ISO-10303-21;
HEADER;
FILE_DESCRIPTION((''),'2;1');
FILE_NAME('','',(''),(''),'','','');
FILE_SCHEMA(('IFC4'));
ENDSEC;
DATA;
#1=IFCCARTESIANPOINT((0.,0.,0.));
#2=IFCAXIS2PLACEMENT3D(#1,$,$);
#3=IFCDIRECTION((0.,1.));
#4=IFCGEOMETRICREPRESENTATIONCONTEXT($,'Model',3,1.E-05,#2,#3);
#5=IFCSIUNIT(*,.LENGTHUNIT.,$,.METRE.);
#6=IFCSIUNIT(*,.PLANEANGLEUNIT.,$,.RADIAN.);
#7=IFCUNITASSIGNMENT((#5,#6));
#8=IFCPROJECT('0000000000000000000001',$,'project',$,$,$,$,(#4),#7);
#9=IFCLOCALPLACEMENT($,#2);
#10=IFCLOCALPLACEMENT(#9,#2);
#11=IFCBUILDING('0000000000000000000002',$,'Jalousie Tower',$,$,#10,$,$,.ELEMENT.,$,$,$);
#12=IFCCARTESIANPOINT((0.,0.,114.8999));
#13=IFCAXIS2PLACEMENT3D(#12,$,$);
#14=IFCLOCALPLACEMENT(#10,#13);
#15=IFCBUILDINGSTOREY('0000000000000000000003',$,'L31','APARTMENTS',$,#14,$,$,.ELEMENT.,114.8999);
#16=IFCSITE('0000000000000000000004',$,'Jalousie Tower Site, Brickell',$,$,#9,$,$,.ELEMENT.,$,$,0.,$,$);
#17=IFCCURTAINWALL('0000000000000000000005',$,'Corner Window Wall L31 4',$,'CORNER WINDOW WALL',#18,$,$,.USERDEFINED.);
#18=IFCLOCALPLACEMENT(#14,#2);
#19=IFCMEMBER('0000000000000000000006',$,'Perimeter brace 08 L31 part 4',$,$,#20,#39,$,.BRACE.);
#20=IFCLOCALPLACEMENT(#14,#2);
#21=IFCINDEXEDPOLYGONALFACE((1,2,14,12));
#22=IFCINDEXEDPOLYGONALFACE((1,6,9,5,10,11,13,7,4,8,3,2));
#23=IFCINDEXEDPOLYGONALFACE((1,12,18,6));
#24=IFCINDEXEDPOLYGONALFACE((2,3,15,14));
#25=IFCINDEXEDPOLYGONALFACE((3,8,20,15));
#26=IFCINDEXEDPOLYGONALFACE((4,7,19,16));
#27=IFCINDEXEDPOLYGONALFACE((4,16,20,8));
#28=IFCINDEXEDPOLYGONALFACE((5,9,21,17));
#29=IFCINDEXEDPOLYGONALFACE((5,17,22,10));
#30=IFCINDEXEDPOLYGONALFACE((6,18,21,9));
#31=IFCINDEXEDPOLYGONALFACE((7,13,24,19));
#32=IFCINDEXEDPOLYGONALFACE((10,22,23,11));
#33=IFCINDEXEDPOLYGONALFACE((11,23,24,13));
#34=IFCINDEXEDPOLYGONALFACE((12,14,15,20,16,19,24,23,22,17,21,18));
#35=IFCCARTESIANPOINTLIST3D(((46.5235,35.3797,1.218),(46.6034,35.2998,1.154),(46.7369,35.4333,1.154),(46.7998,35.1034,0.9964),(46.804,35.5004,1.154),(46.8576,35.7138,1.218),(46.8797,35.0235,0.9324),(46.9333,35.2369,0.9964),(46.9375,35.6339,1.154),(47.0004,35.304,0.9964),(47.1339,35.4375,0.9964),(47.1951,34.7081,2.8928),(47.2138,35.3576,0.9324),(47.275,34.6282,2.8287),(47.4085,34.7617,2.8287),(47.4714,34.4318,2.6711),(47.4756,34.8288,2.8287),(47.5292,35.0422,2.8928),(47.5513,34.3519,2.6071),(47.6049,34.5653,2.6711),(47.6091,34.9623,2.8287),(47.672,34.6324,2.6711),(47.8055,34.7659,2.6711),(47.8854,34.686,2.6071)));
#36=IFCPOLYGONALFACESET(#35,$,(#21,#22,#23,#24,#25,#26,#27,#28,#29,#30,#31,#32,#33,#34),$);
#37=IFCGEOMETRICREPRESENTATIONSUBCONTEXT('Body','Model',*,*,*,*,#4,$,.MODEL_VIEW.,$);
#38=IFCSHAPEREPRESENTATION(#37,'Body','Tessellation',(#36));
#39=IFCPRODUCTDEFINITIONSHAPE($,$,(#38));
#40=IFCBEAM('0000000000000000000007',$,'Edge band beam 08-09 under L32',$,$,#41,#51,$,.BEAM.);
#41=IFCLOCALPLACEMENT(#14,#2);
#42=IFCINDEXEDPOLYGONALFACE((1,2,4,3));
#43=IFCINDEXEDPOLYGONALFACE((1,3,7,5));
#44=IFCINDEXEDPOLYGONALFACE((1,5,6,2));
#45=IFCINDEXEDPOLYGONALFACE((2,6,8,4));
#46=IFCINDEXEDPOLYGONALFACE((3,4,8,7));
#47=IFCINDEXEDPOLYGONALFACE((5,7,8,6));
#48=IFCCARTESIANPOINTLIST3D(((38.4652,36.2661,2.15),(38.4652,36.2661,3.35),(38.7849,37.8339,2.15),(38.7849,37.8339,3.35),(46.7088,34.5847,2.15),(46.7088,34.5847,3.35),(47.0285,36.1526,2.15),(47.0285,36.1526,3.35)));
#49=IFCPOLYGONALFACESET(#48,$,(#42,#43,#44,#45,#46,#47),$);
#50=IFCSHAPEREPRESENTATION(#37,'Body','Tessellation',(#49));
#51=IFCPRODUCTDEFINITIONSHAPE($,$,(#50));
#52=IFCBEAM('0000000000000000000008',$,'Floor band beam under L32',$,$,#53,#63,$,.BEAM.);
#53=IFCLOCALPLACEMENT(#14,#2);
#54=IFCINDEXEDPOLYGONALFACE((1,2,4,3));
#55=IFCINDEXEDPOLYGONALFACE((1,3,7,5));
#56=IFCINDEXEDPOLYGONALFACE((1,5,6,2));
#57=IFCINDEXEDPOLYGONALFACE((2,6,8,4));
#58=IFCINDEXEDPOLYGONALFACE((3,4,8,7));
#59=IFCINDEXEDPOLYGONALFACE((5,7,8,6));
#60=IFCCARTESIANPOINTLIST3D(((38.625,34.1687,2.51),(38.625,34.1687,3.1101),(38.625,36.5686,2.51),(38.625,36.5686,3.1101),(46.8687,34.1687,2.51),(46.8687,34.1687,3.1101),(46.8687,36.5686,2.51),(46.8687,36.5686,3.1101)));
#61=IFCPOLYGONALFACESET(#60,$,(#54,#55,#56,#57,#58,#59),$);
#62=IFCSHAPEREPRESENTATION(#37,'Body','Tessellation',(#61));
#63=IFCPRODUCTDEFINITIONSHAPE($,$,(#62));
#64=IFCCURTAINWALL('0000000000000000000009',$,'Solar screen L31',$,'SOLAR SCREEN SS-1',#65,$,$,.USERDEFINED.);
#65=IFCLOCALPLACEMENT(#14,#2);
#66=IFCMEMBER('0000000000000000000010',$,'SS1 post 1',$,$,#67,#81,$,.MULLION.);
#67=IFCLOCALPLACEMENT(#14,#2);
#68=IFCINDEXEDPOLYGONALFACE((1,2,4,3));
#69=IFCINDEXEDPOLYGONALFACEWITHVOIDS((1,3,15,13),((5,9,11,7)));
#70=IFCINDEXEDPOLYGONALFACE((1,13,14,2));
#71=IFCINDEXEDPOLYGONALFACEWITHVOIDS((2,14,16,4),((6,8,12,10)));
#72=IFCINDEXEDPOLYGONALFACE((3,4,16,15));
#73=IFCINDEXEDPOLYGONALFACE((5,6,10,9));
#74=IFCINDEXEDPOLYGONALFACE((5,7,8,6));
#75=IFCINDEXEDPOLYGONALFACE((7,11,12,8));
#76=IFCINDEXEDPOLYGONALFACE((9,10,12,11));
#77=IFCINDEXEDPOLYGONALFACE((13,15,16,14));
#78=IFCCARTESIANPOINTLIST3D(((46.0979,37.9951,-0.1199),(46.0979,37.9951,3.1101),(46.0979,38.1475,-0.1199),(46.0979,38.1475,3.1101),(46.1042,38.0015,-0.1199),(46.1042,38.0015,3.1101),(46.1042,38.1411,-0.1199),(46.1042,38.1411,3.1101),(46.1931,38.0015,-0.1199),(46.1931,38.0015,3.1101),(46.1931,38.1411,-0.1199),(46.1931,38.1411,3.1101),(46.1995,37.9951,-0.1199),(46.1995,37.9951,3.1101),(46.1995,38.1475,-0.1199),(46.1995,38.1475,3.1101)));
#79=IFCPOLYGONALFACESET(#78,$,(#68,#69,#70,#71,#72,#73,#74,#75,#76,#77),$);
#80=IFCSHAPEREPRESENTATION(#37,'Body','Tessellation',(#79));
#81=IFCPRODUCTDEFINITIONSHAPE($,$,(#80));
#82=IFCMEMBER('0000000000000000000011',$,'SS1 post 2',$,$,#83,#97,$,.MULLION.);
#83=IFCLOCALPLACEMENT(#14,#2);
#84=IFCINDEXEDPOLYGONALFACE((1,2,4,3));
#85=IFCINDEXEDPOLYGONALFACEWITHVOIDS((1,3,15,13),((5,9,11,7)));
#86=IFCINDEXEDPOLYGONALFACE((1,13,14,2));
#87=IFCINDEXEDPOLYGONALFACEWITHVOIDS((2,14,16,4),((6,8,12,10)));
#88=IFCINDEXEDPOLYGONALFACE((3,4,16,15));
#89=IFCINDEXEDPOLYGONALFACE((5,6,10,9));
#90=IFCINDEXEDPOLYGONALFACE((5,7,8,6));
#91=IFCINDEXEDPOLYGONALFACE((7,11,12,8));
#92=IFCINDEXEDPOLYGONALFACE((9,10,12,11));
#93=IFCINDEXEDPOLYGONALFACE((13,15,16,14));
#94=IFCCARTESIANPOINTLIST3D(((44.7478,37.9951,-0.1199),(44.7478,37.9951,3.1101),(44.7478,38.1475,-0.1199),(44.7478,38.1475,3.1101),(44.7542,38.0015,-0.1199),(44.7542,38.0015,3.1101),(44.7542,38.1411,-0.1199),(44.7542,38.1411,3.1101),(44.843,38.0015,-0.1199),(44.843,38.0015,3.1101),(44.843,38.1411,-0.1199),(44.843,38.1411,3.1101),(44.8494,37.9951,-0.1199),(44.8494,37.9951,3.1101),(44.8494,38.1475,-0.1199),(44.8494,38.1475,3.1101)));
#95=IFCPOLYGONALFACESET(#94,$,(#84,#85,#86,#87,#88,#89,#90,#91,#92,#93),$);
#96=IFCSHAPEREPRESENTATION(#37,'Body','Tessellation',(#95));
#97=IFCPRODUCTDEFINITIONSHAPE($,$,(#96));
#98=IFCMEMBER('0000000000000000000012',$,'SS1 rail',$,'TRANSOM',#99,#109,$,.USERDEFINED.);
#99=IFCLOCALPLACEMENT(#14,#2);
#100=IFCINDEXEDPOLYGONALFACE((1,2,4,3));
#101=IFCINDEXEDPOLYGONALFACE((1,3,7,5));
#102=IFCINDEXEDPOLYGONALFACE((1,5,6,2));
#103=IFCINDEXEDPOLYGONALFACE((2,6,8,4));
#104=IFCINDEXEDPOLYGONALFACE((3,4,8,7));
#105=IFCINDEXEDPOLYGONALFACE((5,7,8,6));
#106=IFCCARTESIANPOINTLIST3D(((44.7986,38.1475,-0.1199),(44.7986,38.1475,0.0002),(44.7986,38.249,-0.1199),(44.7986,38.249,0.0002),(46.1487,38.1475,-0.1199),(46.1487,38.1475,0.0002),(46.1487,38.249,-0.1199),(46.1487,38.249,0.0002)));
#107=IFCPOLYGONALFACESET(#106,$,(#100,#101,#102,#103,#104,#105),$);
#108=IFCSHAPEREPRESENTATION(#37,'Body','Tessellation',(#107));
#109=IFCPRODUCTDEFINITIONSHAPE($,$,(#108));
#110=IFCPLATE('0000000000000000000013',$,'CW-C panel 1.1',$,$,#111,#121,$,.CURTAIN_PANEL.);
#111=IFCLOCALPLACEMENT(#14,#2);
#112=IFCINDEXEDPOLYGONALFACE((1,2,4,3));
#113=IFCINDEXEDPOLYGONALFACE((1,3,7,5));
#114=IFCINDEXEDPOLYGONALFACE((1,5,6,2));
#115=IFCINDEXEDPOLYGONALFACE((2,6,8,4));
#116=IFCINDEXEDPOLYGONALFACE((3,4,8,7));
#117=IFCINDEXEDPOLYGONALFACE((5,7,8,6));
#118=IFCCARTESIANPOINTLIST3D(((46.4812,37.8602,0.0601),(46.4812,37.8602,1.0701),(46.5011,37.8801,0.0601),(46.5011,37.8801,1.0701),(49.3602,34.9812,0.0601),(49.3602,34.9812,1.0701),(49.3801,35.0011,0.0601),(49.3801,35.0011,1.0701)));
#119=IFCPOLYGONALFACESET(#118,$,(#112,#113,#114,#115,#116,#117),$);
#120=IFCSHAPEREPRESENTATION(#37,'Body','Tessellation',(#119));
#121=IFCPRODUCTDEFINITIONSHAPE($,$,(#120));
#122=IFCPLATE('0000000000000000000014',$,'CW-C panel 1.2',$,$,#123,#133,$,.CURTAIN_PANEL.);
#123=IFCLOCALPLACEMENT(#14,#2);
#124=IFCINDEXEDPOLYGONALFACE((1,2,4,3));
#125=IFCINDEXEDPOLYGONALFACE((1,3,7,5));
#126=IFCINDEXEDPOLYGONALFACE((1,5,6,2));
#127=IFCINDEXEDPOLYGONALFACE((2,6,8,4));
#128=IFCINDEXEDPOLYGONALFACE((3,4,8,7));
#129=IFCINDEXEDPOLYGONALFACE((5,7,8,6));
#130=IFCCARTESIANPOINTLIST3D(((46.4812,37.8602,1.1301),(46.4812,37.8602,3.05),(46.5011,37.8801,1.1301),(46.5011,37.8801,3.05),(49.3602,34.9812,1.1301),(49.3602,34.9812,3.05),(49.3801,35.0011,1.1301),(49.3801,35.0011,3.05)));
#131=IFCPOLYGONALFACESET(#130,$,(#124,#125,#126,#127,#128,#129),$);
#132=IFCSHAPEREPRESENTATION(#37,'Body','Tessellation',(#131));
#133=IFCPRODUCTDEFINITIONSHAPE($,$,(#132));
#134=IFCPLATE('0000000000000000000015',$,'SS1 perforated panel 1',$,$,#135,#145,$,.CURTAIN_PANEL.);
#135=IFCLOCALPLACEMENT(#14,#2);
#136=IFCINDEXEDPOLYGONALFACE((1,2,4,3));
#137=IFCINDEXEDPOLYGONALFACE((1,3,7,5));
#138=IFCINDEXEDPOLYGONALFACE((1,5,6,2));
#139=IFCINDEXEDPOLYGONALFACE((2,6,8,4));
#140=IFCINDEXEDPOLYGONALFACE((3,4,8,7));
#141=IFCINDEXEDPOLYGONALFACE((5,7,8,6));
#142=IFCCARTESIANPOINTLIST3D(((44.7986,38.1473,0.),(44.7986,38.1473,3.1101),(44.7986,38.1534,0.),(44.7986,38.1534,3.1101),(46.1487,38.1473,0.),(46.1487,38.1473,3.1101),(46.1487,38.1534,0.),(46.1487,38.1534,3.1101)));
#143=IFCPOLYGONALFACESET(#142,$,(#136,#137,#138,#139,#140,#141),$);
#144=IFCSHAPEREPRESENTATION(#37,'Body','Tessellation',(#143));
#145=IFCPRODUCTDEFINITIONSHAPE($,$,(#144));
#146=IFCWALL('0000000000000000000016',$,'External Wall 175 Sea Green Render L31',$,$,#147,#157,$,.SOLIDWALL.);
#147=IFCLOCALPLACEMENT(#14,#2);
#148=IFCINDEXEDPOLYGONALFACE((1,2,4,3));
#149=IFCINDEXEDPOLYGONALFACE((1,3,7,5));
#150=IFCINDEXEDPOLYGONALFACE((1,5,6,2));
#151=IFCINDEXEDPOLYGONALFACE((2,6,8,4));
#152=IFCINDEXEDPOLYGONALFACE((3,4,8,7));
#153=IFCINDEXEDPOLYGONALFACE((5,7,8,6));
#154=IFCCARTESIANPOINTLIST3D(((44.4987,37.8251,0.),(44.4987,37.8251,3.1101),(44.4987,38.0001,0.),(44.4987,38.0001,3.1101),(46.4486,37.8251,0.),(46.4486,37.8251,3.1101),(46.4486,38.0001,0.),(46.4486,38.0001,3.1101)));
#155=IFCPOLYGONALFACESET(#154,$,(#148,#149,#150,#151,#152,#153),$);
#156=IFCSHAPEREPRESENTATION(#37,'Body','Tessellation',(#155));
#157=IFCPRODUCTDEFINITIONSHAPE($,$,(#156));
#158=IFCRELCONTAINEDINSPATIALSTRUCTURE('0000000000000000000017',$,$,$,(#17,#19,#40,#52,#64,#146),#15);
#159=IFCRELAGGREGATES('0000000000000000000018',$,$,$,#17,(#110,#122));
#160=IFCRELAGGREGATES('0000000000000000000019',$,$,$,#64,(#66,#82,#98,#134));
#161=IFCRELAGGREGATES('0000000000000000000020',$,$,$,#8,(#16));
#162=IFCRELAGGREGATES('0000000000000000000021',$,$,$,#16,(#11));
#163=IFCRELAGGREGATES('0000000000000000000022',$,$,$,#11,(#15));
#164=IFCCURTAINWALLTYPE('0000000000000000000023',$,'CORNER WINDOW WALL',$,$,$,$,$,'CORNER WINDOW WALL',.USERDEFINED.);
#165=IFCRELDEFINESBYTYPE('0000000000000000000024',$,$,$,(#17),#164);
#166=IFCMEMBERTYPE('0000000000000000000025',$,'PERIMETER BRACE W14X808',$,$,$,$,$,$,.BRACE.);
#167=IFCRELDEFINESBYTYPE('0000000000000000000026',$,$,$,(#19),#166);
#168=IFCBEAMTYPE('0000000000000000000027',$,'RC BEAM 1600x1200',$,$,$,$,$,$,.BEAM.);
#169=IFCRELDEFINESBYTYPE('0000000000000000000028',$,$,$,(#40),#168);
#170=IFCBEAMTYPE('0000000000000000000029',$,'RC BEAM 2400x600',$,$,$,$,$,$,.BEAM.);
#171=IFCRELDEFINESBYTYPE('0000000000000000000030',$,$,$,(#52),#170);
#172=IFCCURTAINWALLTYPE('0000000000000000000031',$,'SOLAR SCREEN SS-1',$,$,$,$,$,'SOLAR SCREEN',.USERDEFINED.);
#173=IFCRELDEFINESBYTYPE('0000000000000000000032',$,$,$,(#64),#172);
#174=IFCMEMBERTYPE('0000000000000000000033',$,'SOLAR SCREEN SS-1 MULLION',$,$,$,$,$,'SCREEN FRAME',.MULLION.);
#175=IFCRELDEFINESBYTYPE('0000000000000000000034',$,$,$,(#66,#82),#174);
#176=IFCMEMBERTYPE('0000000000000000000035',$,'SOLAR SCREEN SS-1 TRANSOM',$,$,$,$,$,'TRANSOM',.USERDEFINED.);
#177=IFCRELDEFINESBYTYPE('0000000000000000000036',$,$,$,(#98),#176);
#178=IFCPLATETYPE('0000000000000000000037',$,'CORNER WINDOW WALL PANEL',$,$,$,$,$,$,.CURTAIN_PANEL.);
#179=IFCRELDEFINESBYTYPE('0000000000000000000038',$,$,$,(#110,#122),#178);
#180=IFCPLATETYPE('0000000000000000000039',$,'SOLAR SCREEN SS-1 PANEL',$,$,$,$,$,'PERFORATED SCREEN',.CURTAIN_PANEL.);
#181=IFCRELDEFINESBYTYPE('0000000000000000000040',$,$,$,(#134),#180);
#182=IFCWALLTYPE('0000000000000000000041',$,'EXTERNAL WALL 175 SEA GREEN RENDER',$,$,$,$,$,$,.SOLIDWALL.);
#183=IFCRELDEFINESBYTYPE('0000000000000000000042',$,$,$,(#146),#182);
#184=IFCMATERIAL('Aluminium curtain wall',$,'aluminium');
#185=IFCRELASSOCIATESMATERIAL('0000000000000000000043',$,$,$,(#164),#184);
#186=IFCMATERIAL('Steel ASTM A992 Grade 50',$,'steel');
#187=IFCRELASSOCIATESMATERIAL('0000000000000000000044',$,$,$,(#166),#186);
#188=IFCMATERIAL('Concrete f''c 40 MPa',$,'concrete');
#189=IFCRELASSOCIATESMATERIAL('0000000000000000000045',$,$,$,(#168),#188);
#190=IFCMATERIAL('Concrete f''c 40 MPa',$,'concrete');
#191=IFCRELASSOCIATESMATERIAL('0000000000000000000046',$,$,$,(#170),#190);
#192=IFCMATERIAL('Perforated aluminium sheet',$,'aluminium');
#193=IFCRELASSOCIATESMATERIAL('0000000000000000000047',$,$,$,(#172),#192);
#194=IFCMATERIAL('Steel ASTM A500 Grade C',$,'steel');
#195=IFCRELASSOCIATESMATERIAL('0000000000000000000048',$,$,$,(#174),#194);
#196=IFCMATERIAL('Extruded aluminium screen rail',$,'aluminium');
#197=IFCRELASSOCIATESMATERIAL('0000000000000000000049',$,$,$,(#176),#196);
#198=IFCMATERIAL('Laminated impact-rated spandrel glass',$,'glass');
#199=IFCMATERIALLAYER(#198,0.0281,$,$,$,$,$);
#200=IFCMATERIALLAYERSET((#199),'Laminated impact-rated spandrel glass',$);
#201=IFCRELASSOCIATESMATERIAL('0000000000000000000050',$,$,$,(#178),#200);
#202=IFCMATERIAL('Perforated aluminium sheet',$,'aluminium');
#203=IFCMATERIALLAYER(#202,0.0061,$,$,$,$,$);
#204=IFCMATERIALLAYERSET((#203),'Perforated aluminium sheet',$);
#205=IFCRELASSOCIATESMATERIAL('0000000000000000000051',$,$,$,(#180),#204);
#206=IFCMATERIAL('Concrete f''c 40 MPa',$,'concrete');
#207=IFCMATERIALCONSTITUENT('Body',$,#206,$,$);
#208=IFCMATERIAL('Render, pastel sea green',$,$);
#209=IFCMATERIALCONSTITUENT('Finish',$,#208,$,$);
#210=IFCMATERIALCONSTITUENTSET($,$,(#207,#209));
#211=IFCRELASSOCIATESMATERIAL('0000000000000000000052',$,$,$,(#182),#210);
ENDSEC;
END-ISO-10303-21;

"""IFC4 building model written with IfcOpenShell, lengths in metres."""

from ifc_helpers import new_model, si_unit, direction, frame, frame_2d, origin, origin_2d, place, context, subcontext, project, spatial, rectangle, hollow_rectangle, i_section, extrude, material, layer, layer_set, constituent, constituent_set, material_profile, profile_set, type_object, element, aggregate, save


model = new_model("IFC4")

# Units and contexts
model_context = context("Model", 3, precision=1e-05, world=origin(), true_north=direction((0.0, 1.0)))
body_context = subcontext(model_context, "Body", "Model", "MODEL_VIEW")
ifc_project = project(units=[si_unit("LENGTHUNIT", "METRE"), si_unit("PLANEANGLEUNIT", "RADIAN")], contexts=[model_context])

# Site, building, storey
site_placement = place(None, origin())
site = spatial("IfcSite", under=ifc_project, at=site_placement, Name="Jalousie Tower Site, Brickell", CompositionType="ELEMENT", RefElevation=0.0)
building_placement = place(site_placement, origin())
building = spatial("IfcBuilding", under=site, at=building_placement, Name="Jalousie Tower", CompositionType="ELEMENT")
storey_placement = place(building_placement, frame((0.0, 0.0, 114.8999)))
storey = spatial("IfcBuildingStorey", under=building, at=storey_placement, Name="L31", Description="APARTMENTS", CompositionType="ELEMENT", Elevation=114.8999)

# Curtain wall
ifc_material_1 = material(Name="Aluminium curtain wall", Category="aluminium")
curtain_wall_type_1 = type_object("IfcCurtainWallType", Name="CORNER WINDOW WALL", ElementType="CORNER WINDOW WALL", PredefinedType="USERDEFINED", material=ifc_material_1)
curtain_wall_1_placement = place(storey_placement, origin())
curtain_wall_1 = element("IfcCurtainWall", 1, at=curtain_wall_1_placement, inside=storey, type_object=curtain_wall_type_1, Name="Corner Window Wall L31 4", ObjectType="CORNER WINDOW WALL", PredefinedType="USERDEFINED")

# Member
ifc_material_2 = material(Name="Steel ASTM A992 Grade 50", Category="steel")
ifc_material_profile_1 = material_profile(ifc_material_2, i_section(OverallWidth=0.4724, OverallDepth=0.5791, WebThickness=0.095, FlangeThickness=0.1299, at=origin_2d()), Name="W14X808")
ifc_profile_set_1 = profile_set([ifc_material_profile_1], Name="Steel ASTM A992 Grade 50")
member_type_1 = type_object("IfcMemberType", Name="PERIMETER BRACE W14X808", PredefinedType="BRACE", material=ifc_profile_set_1)
member_1_placement = place(storey_placement, frame((46.8687, 35.3687, 1.0752), z_axis=(0.348828, -0.348828, 0.86985), x_axis=(0.707107, 0.707107, 0.0)))
element("IfcMember", 2, at=member_1_placement, inside=storey, type_object=member_type_1, Name="Perimeter brace 08 L31 part 4", PredefinedType="BRACE", context=body_context, shape_type="SweptSolid", body=[
    extrude(i_section(OverallWidth=0.4724, OverallDepth=0.5791, WebThickness=0.095, FlangeThickness=0.1299, at=origin_2d()), origin(), (0.0, 0.0, 1.0), 1.9253),
])

# Beams
ifc_material_3 = material(Name="Concrete f'c 40 MPa", Category="concrete")
ifc_material_profile_2 = material_profile(ifc_material_3, rectangle(XDim=1.6001, YDim=1.2, at=origin_2d()), Name="RC 1600x1200")
ifc_profile_set_2 = profile_set([ifc_material_profile_2], Name="Concrete f'c 40 MPa")
beam_type_1 = type_object("IfcBeamType", Name="RC BEAM 1600x1200", PredefinedType="BEAM", material=ifc_profile_set_2)
beam_1_placement = place(storey_placement, frame((46.8687, 35.3687, 2.75), z_axis=(-0.979827, 0.199848, 0.0), x_axis=(-0.199848, -0.979827, 0.0)))
element("IfcBeam", 3, at=beam_1_placement, inside=storey, type_object=beam_type_1, Name="Edge band beam 08-09 under L32", PredefinedType="BEAM", context=body_context, shape_type="SweptSolid", body=[
    extrude(rectangle(XDim=1.6001, YDim=1.2, at=origin_2d()), origin(), (0.0, 0.0, 1.0), 8.4133),
])
ifc_material_4 = material(Name="Concrete f'c 40 MPa", Category="concrete")
ifc_material_profile_3 = material_profile(ifc_material_4, rectangle(XDim=2.3999, YDim=0.6001, at=origin_2d()), Name="RC 2400x600")
ifc_profile_set_3 = profile_set([ifc_material_profile_3], Name="Concrete f'c 40 MPa")
beam_type_2 = type_object("IfcBeamType", Name="RC BEAM 2400x600", PredefinedType="BEAM", material=ifc_profile_set_3)
beam_2_placement = place(storey_placement, frame((46.8687, 35.3687, 2.8101), z_axis=(-1.0, 0.0, 0.0), x_axis=(0.0, -1.0, 0.0)))
element("IfcBeam", 4, at=beam_2_placement, inside=storey, type_object=beam_type_2, Name="Floor band beam under L32", PredefinedType="BEAM", context=body_context, shape_type="SweptSolid", body=[
    extrude(rectangle(XDim=2.3999, YDim=0.6001, at=origin_2d()), origin(), (0.0, 0.0, 1.0), 8.2437),
])

# Curtain wall, members
ifc_material_5 = material(Name="Perforated aluminium sheet", Category="aluminium")
curtain_wall_type_2 = type_object("IfcCurtainWallType", Name="SOLAR SCREEN SS-1", ElementType="SOLAR SCREEN", PredefinedType="USERDEFINED", material=ifc_material_5)
curtain_wall_2_placement = place(storey_placement, origin())
curtain_wall_2 = element("IfcCurtainWall", 5, at=curtain_wall_2_placement, inside=storey, type_object=curtain_wall_type_2, Name="Solar screen L31", ObjectType="SOLAR SCREEN SS-1", PredefinedType="USERDEFINED")
ifc_material_6 = material(Name="Steel ASTM A500 Grade C", Category="steel")
ifc_material_profile_4 = material_profile(ifc_material_6, hollow_rectangle(XDim=0.1016, YDim=0.1523, WallThickness=0.0063, at=origin_2d()), Name="HSS6X4X1/4")
ifc_profile_set_4 = profile_set([ifc_material_profile_4], Name="Steel ASTM A500 Grade C")
member_type_2 = type_object("IfcMemberType", Name="SOLAR SCREEN SS-1 MULLION", ElementType="SCREEN FRAME", PredefinedType="MULLION", material=ifc_profile_set_4)
member_2_placement = place(storey_placement, frame((46.1487, 38.0713, -0.1199), z_axis=(0.0, 0.0, 1.0), x_axis=(-1.0, 0.0, 0.0)))
member_2 = element("IfcMember", 6, at=member_2_placement, type_object=member_type_2, Name="SS1 post 1", PredefinedType="MULLION", context=body_context, shape_type="SweptSolid", body=[
    extrude(hollow_rectangle(XDim=0.1016, YDim=0.1523, WallThickness=0.0063, at=origin_2d()), origin(), (0.0, 0.0, 1.0), 3.23),
])
member_3_placement = place(storey_placement, frame((44.7986, 38.0713, -0.1199), z_axis=(0.0, 0.0, 1.0), x_axis=(-1.0, 0.0, 0.0)))
member_3 = element("IfcMember", 7, at=member_3_placement, type_object=member_type_2, Name="SS1 post 2", PredefinedType="MULLION", context=body_context, shape_type="SweptSolid", body=[
    extrude(hollow_rectangle(XDim=0.1016, YDim=0.1523, WallThickness=0.0063, at=origin_2d()), origin(), (0.0, 0.0, 1.0), 3.23),
])
ifc_material_7 = material(Name="Extruded aluminium screen rail", Category="aluminium")
ifc_material_profile_5 = material_profile(ifc_material_7, rectangle(XDim=0.1016, YDim=0.1201, at=origin_2d()), Name="RAIL 102x120")
ifc_profile_set_5 = profile_set([ifc_material_profile_5], Name="Extruded aluminium screen rail")
member_type_3 = type_object("IfcMemberType", Name="SOLAR SCREEN SS-1 TRANSOM", ElementType="TRANSOM", PredefinedType="USERDEFINED", material=ifc_profile_set_5)
member_4_placement = place(storey_placement, frame((46.1487, 38.1982, -0.0598), z_axis=(-1.0, 0.0, 0.0), x_axis=(0.0, -1.0, 0.0)))
member_4 = element("IfcMember", 8, at=member_4_placement, type_object=member_type_3, Name="SS1 rail", ObjectType="TRANSOM", PredefinedType="USERDEFINED", context=body_context, shape_type="SweptSolid", body=[
    extrude(rectangle(XDim=0.1016, YDim=0.1201, at=origin_2d()), origin(), (0.0, 0.0, 1.0), 1.3501),
])

# Plates
ifc_material_8 = material(Name="Laminated impact-rated spandrel glass", Category="glass")
ifc_layer_1 = layer(ifc_material_8, 0.0281)
ifc_layer_set_1 = layer_set([ifc_layer_1], Name="Laminated impact-rated spandrel glass")
plate_type_1 = type_object("IfcPlateType", Name="CORNER WINDOW WALL PANEL", PredefinedType="CURTAIN_PANEL", material=ifc_layer_set_1)
plate_1_placement = place(storey_placement, frame((47.9307, 36.4307, 0.0601), z_axis=(0.0, 0.0, 1.0), x_axis=(-0.707107, 0.707107, 0.0)))
plate_1 = element("IfcPlate", 9, at=plate_1_placement, type_object=plate_type_1, Name="CW-C panel 1.1", PredefinedType="CURTAIN_PANEL", context=body_context, shape_type="SweptSolid", body=[
    extrude(rectangle(XDim=4.0715, YDim=0.0281, at=origin_2d()), origin(), (0.0, 0.0, 1.0), 1.01),
])
plate_2_placement = place(storey_placement, frame((47.9307, 36.4307, 1.1301), z_axis=(0.0, 0.0, 1.0), x_axis=(-0.707107, 0.707107, 0.0)))
plate_2 = element("IfcPlate", 10, at=plate_2_placement, type_object=plate_type_1, Name="CW-C panel 1.2", PredefinedType="CURTAIN_PANEL", context=body_context, shape_type="SweptSolid", body=[
    extrude(rectangle(XDim=4.0715, YDim=0.0281, at=origin_2d()), origin(), (0.0, 0.0, 1.0), 1.9199),
])
aggregate(curtain_wall_1, [plate_1, plate_2])
ifc_material_9 = material(Name="Perforated aluminium sheet", Category="aluminium")
ifc_layer_2 = layer(ifc_material_9, 0.0061)
ifc_layer_set_2 = layer_set([ifc_layer_2], Name="Perforated aluminium sheet")
plate_type_2 = type_object("IfcPlateType", Name="SOLAR SCREEN SS-1 PANEL", ElementType="PERFORATED SCREEN", PredefinedType="CURTAIN_PANEL", material=ifc_layer_set_2)
plate_3_placement = place(storey_placement, frame((45.4736, 38.1504, 0.0), z_axis=(0.0, 0.0, 1.0), x_axis=(-1.0, 0.0, 0.0)))
plate_3 = element("IfcPlate", 11, at=plate_3_placement, type_object=plate_type_2, Name="SS1 perforated panel 1", PredefinedType="CURTAIN_PANEL", context=body_context, shape_type="SweptSolid", body=[
    extrude(rectangle(XDim=1.3501, YDim=0.0061, at=origin_2d()), origin(), (0.0, 0.0, 1.0), 3.1101),
])
aggregate(curtain_wall_2, [member_2, member_3, member_4, plate_3])

# Wall
ifc_material_10 = material(Name="Concrete f'c 40 MPa", Category="concrete")
ifc_constituent_1 = constituent(ifc_material_10, Name="Body")
ifc_material_11 = material(Name="Render, pastel sea green")
ifc_constituent_2 = constituent(ifc_material_11, Name="Finish")
ifc_constituent_set_1 = constituent_set(constituents=[ifc_constituent_1, ifc_constituent_2])
wall_type_1 = type_object("IfcWallType", Name="EXTERNAL WALL 175 SEA GREEN RENDER", PredefinedType="SOLIDWALL", material=ifc_constituent_set_1)
wall_1_placement = place(storey_placement, frame((46.4487, 37.9126, 0.0), z_axis=(0.0, 0.0, 1.0), x_axis=(-1.0, 0.0, 0.0)))
element("IfcWall", 12, at=wall_1_placement, inside=storey, type_object=wall_type_1, Name="External Wall 175 Sea Green Render L31", PredefinedType="SOLIDWALL", context=body_context, shape_type="SweptSolid", body=[
    extrude(rectangle(XDim=1.95, YDim=0.175, at=frame_2d((0.9751, 0.0))), origin(), (0.0, 0.0, 1.0), 3.1101),
])

save(model, "model.ifc")
